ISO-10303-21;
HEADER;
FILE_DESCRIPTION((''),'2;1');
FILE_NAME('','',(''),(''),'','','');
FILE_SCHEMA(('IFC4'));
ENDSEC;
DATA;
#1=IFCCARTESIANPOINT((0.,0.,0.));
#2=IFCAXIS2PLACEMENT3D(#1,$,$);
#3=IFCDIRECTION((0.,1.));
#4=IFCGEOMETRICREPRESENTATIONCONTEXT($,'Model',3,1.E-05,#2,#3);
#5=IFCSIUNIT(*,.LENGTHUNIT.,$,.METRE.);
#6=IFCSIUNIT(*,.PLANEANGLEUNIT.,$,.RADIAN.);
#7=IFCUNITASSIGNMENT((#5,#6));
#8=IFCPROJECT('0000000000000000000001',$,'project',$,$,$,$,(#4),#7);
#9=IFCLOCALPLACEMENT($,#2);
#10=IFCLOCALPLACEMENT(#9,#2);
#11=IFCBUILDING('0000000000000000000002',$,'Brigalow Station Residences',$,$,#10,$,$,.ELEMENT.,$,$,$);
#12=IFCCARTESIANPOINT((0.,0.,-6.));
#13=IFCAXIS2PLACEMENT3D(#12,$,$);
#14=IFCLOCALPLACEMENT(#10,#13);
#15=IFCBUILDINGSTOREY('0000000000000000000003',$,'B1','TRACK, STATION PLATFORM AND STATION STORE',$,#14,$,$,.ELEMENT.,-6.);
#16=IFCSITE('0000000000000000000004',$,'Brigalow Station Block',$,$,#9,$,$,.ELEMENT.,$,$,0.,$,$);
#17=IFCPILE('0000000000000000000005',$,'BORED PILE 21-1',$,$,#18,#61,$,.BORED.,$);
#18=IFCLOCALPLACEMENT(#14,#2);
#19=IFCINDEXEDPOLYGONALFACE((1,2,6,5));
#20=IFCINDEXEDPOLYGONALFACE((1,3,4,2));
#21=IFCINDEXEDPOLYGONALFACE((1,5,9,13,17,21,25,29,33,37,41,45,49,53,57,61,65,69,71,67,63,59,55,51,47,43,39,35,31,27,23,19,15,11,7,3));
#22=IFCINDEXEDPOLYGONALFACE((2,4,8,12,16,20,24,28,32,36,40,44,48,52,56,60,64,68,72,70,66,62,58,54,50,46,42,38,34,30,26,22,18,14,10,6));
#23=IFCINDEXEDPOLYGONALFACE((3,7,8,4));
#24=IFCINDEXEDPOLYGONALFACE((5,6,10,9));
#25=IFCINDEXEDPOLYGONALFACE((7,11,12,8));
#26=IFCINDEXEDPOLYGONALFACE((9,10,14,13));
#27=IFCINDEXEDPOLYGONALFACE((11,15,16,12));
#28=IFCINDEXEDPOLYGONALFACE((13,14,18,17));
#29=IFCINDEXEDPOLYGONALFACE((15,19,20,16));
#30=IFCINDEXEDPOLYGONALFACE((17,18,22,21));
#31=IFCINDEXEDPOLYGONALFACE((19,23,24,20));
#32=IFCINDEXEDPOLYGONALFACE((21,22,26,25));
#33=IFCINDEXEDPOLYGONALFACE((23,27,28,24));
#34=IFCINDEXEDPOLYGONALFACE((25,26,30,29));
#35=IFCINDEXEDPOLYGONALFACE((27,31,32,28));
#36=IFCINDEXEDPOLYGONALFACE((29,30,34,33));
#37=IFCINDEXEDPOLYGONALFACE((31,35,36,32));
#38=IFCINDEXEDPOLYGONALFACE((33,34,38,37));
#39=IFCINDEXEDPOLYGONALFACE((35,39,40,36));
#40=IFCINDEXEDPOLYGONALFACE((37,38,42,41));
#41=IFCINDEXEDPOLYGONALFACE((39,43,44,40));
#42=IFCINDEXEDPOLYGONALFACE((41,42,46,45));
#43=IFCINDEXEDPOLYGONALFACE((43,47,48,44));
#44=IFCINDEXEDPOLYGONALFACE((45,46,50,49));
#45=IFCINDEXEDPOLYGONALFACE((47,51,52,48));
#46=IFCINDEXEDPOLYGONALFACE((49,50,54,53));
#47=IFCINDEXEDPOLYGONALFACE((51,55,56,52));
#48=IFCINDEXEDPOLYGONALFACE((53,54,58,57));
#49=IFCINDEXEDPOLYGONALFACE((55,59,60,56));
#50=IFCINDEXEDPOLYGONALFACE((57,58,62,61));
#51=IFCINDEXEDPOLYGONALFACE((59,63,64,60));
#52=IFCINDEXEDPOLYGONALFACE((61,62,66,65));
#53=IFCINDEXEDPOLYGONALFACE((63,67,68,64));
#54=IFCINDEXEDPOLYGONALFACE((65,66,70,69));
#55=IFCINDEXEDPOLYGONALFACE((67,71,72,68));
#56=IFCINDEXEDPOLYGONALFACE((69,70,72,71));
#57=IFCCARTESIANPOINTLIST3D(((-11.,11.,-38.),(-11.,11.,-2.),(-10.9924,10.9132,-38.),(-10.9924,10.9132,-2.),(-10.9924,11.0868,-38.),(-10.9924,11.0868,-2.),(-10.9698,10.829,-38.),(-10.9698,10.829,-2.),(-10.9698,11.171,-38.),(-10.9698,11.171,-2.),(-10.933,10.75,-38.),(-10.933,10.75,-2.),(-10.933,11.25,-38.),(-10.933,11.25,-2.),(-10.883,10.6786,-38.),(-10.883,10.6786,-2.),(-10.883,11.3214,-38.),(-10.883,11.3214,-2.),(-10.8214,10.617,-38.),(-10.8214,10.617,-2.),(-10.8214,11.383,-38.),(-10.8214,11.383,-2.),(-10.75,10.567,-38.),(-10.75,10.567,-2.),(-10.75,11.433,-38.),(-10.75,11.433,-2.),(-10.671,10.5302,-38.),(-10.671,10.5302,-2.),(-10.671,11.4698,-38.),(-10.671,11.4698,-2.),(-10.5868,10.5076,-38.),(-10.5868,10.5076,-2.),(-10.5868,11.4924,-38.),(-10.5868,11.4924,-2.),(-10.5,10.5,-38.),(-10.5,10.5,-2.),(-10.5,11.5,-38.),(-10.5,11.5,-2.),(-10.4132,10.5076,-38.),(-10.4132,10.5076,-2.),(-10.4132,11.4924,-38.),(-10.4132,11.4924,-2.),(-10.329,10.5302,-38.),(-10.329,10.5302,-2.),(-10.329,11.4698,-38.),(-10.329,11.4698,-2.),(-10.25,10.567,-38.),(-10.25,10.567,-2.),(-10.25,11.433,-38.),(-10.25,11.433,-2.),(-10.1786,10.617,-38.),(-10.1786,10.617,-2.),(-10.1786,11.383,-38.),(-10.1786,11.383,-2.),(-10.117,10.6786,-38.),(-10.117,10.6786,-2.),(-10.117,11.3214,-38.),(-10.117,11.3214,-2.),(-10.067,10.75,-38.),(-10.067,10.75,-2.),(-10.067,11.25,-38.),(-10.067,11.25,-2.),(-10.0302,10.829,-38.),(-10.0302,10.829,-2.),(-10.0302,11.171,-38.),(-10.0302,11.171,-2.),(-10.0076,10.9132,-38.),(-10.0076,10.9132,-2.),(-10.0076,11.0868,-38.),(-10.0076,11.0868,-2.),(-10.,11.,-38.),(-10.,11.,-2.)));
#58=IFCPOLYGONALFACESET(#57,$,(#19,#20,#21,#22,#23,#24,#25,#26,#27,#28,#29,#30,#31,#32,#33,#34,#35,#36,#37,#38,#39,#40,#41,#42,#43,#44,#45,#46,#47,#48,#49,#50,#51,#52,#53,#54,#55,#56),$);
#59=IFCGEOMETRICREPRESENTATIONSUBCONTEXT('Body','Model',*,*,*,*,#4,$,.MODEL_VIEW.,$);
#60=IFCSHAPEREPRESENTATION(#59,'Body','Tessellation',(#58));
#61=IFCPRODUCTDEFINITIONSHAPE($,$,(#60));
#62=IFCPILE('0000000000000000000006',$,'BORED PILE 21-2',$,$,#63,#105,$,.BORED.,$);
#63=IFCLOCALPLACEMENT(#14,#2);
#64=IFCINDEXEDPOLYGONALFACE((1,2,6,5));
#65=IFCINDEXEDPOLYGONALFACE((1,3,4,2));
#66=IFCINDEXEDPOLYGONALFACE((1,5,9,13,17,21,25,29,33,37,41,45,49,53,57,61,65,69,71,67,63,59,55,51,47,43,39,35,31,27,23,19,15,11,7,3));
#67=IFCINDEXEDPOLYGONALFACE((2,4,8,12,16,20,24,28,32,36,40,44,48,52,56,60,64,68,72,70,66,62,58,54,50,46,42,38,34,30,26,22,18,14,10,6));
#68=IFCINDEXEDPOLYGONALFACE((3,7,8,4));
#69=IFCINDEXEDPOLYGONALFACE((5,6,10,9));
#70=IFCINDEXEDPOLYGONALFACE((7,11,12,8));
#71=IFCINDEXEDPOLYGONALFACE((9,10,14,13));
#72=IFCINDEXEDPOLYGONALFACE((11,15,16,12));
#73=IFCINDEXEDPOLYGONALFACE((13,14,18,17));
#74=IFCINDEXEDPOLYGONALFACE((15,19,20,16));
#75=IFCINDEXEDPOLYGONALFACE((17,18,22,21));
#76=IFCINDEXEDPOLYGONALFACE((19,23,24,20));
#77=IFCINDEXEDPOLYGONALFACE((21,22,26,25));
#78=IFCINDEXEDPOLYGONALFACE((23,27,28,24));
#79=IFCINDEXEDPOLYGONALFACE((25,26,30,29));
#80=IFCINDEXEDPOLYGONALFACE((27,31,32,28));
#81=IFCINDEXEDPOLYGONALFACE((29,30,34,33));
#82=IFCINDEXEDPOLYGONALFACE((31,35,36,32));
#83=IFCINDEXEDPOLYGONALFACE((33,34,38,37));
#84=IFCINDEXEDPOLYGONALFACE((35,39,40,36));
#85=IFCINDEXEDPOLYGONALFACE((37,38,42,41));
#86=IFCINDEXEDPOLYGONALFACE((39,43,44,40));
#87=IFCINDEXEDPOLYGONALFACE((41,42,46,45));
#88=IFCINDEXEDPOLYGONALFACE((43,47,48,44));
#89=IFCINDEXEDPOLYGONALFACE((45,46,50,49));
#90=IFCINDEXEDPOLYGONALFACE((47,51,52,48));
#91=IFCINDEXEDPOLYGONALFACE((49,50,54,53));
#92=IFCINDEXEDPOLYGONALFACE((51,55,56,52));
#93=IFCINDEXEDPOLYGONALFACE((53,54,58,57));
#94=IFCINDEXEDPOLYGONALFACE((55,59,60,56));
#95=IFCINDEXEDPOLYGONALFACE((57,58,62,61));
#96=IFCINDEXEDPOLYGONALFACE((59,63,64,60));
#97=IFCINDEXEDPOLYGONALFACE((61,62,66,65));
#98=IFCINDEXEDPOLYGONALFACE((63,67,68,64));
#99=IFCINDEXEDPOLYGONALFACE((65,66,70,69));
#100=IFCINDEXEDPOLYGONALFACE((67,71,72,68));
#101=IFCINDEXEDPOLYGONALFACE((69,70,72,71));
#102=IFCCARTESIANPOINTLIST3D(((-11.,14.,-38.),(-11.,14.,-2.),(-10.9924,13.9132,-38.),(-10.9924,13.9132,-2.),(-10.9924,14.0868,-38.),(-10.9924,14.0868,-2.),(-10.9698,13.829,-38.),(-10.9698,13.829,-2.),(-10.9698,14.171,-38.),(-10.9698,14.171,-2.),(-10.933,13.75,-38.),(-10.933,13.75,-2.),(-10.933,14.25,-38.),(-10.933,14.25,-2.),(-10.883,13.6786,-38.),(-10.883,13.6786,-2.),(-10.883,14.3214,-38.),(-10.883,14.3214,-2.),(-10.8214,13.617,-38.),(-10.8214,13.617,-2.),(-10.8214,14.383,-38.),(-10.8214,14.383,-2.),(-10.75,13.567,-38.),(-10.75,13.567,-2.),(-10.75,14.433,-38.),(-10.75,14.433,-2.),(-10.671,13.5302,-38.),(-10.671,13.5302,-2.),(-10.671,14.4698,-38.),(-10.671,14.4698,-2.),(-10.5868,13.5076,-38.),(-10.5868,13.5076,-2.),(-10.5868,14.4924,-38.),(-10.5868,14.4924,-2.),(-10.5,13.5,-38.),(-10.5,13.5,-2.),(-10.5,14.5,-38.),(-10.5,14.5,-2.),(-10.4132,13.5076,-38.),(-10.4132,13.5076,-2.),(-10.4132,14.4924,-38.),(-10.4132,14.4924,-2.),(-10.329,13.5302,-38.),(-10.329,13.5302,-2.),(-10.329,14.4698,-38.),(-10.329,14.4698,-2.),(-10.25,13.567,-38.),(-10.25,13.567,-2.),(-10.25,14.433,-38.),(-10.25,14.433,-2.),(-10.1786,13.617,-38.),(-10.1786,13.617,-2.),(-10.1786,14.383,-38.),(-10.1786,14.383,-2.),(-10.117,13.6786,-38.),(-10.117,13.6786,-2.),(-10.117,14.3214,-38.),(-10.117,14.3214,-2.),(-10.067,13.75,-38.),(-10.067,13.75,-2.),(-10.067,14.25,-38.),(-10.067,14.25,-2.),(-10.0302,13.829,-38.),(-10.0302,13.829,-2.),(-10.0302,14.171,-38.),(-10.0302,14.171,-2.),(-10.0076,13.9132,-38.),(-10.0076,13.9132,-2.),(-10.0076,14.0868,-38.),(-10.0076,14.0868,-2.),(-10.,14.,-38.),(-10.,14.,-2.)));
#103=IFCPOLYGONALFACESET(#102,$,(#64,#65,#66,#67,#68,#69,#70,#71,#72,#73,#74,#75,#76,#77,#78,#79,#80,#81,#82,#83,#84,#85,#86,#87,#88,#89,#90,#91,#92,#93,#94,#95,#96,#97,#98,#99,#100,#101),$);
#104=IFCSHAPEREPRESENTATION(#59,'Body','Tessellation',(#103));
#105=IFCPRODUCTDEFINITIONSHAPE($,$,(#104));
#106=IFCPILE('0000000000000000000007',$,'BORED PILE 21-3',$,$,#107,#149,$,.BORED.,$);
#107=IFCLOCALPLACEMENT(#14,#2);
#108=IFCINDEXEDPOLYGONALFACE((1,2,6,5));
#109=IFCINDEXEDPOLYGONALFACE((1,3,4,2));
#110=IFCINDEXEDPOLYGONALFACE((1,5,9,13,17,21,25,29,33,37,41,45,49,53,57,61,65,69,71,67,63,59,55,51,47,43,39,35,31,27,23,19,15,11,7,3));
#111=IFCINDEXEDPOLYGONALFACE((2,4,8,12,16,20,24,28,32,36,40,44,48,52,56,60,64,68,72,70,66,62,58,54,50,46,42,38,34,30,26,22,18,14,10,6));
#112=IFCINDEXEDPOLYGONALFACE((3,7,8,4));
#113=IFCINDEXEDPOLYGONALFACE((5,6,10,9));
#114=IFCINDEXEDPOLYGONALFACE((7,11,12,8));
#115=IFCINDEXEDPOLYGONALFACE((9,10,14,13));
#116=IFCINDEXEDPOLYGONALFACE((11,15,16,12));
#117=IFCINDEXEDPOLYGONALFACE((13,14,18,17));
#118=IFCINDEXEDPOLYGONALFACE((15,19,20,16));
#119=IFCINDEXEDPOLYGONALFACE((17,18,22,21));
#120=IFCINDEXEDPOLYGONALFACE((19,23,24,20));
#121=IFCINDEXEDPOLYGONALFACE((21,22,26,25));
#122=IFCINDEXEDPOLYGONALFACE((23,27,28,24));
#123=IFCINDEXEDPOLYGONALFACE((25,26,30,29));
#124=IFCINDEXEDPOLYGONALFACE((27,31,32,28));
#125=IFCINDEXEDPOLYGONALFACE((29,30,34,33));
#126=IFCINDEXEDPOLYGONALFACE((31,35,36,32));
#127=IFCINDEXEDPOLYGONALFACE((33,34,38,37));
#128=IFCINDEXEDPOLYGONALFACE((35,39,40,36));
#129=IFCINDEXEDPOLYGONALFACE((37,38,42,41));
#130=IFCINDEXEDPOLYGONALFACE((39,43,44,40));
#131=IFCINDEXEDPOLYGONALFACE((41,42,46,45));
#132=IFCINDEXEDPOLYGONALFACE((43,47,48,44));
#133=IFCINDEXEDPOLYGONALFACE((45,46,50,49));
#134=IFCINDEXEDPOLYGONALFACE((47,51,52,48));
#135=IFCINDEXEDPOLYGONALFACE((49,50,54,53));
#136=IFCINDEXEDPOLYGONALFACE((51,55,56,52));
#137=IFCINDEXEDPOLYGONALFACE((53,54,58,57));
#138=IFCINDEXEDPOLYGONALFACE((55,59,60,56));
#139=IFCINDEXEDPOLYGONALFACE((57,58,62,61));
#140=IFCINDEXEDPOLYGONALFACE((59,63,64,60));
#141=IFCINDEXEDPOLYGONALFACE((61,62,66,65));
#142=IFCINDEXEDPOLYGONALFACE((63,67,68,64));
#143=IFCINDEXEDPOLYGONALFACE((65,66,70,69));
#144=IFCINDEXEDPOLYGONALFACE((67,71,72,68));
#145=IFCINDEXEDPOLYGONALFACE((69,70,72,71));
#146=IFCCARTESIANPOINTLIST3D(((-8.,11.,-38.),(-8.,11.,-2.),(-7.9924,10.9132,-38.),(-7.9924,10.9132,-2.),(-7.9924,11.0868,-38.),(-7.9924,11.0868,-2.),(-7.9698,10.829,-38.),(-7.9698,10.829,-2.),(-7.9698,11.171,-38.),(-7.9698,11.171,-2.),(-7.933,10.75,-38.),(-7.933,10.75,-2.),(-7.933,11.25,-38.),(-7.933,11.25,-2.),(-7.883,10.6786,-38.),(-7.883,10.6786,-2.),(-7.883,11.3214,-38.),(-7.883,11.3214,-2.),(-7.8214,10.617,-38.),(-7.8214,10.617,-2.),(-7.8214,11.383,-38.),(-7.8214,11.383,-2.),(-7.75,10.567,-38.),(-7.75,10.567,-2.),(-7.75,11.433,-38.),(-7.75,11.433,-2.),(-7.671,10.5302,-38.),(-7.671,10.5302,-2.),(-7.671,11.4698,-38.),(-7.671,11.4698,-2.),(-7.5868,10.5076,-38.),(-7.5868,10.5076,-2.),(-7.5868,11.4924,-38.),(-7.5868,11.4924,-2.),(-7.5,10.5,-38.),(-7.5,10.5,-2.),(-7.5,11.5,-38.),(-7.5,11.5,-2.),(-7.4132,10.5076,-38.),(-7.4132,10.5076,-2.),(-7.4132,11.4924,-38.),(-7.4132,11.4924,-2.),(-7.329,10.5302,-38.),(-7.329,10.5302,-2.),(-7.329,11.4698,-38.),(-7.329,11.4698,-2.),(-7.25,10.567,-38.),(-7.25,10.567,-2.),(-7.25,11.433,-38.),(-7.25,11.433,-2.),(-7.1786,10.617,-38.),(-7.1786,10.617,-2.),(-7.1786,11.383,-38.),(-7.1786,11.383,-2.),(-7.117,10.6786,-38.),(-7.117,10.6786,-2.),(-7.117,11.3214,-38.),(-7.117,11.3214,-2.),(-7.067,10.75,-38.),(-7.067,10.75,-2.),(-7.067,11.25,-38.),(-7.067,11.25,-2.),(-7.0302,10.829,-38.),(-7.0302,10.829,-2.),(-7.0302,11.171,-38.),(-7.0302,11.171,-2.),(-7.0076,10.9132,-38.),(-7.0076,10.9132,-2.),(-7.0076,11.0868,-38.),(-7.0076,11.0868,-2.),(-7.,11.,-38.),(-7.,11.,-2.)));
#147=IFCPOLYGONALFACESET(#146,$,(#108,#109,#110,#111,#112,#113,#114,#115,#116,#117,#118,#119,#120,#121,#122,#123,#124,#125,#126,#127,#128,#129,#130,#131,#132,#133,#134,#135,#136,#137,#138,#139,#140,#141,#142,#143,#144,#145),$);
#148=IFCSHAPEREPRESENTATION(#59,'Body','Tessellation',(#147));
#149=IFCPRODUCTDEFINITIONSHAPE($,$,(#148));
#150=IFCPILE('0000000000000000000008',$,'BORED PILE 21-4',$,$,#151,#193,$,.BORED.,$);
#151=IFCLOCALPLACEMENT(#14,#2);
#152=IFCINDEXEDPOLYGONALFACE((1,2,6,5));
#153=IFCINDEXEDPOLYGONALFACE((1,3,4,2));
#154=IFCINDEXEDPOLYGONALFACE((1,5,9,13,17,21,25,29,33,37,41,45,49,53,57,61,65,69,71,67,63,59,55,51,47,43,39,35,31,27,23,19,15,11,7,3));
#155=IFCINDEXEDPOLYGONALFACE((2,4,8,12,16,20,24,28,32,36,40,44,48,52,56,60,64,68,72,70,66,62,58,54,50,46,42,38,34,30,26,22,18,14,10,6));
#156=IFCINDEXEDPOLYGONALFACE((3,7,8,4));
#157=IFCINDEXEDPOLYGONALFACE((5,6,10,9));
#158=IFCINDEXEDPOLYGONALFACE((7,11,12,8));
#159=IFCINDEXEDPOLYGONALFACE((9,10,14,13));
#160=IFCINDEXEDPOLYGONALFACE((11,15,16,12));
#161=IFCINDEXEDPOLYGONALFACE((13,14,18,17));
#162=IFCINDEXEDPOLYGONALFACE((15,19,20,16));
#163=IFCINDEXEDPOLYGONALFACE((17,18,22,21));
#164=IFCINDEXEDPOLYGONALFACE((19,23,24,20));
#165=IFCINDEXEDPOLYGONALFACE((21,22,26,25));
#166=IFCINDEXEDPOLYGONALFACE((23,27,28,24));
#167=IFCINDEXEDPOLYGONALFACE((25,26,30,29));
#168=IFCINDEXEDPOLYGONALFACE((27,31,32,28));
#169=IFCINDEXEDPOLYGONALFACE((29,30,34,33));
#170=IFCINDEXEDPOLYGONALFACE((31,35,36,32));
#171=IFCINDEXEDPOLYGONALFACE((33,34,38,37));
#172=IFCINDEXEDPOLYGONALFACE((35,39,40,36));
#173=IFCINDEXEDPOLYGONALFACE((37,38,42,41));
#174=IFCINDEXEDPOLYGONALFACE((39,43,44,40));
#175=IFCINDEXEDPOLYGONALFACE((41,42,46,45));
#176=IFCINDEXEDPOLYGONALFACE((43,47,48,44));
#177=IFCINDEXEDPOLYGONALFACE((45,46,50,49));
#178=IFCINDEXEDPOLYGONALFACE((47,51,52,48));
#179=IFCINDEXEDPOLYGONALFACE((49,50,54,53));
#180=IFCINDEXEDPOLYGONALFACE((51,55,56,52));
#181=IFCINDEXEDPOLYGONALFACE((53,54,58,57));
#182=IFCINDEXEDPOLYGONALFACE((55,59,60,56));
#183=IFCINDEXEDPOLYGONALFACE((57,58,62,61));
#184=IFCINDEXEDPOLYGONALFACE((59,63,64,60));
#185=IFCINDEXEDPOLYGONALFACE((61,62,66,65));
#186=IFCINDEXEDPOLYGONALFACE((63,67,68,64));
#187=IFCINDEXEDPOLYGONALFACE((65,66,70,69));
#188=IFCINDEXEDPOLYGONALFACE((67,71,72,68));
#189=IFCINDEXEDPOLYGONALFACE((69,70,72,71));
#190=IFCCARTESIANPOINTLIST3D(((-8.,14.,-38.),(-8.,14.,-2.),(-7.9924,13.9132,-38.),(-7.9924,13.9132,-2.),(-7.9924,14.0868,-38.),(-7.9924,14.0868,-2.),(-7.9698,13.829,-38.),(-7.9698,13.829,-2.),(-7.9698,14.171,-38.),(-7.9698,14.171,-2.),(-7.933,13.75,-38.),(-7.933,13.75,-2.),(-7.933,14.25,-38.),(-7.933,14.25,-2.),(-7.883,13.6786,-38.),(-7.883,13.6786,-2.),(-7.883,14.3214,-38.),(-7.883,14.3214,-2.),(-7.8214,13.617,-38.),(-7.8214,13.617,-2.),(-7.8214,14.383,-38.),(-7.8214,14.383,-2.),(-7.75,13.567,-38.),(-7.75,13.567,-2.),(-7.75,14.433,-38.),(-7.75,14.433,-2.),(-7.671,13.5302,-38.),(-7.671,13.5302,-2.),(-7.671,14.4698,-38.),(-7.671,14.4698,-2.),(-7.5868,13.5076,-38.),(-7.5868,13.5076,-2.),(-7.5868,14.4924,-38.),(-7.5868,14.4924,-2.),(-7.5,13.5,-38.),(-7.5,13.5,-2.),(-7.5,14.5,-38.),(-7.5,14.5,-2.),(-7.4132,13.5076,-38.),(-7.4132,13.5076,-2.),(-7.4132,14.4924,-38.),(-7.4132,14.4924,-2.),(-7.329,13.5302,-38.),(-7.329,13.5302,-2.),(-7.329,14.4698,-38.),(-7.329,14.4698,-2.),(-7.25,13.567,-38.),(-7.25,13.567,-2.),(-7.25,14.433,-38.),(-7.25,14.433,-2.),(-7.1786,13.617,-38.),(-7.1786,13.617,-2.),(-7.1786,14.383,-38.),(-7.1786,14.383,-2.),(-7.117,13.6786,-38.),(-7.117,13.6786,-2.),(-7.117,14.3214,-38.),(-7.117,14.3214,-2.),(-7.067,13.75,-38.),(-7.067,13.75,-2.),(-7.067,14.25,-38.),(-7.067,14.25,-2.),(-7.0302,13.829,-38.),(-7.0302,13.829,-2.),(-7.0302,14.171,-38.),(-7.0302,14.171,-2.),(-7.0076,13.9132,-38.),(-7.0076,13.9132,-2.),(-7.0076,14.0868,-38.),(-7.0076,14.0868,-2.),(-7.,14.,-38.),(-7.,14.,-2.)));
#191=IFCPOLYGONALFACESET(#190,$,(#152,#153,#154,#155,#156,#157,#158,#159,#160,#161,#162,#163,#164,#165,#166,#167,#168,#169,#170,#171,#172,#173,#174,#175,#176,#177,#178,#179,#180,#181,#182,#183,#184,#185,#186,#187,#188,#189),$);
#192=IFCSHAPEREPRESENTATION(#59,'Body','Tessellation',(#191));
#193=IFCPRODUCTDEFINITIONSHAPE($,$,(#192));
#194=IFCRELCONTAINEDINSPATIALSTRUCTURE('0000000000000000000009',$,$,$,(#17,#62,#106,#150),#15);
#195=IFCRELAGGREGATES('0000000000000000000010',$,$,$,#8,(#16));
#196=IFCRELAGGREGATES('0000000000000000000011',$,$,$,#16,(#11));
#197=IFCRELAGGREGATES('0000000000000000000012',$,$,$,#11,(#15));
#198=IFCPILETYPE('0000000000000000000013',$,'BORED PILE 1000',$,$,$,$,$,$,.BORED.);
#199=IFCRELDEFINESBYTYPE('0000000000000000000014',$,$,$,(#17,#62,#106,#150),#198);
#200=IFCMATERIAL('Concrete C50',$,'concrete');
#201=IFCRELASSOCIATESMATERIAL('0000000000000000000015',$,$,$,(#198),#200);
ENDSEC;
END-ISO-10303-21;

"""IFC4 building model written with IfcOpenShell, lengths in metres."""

from ifc_helpers import new_model, si_unit, direction, frame, origin, origin_2d, place, context, subcontext, project, spatial, circle, extrude, material, material_profile, profile_set, type_object, element, save


model = new_model("IFC4")

# Units and contexts
model_context = context("Model", 3, precision=1e-05, world=origin(), true_north=direction((0.0, 1.0)))
body_context = subcontext(model_context, "Body", "Model", "MODEL_VIEW")
ifc_project = project(units=[si_unit("LENGTHUNIT", "METRE"), si_unit("PLANEANGLEUNIT", "RADIAN")], contexts=[model_context])

# Site, building, storey
site_placement = place(None, origin())
site = spatial("IfcSite", under=ifc_project, at=site_placement, Name="Brigalow Station Block", CompositionType="ELEMENT", RefElevation=0.0)
building_placement = place(site_placement, origin())
building = spatial("IfcBuilding", under=site, at=building_placement, Name="Brigalow Station Residences", CompositionType="ELEMENT")
storey_placement = place(building_placement, frame((0.0, 0.0, -6.0)))
storey = spatial("IfcBuildingStorey", under=building, at=storey_placement, Name="B1", Description="TRACK, STATION PLATFORM AND STATION STORE", CompositionType="ELEMENT", Elevation=-6.0)

# Piles
ifc_material_1 = material(Name="Concrete C50", Category="concrete")
ifc_material_profile_1 = material_profile(ifc_material_1, circle(Radius=0.5, at=origin_2d()), Name="BP1000")
ifc_profile_set_1 = profile_set([ifc_material_profile_1], Name="Concrete C50")
pile_type = type_object("IfcPileType", Name="BORED PILE 1000", PredefinedType="BORED", material=ifc_profile_set_1)
for number, where, z_axis, x_axis, name in (
    (1, (-10.5, 11.0, -2.0), (0.0, 0.0, -1.0), (1.0, 0.0, 0.0), "BORED PILE 21-1"),
    (2, (-10.5, 14.0, -2.0), (0.0, 0.0, -1.0), (1.0, 0.0, 0.0), "BORED PILE 21-2"),
    (3, (-7.5, 11.0, -2.0), (0.0, 0.0, -1.0), (1.0, 0.0, 0.0), "BORED PILE 21-3"),
    (4, (-7.5, 14.0, -2.0), (0.0, 0.0, -1.0), (1.0, 0.0, 0.0), "BORED PILE 21-4"),
):
    element("IfcPile", number, at=place(storey_placement, frame(where, z_axis=z_axis, x_axis=x_axis)), inside=storey, type_object=pile_type, Name=name, PredefinedType="BORED", context=body_context, shape_type="SweptSolid", body=[
        extrude(circle(Radius=0.5, at=origin_2d()), origin(), (0.0, 0.0, 1.0), 36.0),
    ])

save(model, "model.ifc")
